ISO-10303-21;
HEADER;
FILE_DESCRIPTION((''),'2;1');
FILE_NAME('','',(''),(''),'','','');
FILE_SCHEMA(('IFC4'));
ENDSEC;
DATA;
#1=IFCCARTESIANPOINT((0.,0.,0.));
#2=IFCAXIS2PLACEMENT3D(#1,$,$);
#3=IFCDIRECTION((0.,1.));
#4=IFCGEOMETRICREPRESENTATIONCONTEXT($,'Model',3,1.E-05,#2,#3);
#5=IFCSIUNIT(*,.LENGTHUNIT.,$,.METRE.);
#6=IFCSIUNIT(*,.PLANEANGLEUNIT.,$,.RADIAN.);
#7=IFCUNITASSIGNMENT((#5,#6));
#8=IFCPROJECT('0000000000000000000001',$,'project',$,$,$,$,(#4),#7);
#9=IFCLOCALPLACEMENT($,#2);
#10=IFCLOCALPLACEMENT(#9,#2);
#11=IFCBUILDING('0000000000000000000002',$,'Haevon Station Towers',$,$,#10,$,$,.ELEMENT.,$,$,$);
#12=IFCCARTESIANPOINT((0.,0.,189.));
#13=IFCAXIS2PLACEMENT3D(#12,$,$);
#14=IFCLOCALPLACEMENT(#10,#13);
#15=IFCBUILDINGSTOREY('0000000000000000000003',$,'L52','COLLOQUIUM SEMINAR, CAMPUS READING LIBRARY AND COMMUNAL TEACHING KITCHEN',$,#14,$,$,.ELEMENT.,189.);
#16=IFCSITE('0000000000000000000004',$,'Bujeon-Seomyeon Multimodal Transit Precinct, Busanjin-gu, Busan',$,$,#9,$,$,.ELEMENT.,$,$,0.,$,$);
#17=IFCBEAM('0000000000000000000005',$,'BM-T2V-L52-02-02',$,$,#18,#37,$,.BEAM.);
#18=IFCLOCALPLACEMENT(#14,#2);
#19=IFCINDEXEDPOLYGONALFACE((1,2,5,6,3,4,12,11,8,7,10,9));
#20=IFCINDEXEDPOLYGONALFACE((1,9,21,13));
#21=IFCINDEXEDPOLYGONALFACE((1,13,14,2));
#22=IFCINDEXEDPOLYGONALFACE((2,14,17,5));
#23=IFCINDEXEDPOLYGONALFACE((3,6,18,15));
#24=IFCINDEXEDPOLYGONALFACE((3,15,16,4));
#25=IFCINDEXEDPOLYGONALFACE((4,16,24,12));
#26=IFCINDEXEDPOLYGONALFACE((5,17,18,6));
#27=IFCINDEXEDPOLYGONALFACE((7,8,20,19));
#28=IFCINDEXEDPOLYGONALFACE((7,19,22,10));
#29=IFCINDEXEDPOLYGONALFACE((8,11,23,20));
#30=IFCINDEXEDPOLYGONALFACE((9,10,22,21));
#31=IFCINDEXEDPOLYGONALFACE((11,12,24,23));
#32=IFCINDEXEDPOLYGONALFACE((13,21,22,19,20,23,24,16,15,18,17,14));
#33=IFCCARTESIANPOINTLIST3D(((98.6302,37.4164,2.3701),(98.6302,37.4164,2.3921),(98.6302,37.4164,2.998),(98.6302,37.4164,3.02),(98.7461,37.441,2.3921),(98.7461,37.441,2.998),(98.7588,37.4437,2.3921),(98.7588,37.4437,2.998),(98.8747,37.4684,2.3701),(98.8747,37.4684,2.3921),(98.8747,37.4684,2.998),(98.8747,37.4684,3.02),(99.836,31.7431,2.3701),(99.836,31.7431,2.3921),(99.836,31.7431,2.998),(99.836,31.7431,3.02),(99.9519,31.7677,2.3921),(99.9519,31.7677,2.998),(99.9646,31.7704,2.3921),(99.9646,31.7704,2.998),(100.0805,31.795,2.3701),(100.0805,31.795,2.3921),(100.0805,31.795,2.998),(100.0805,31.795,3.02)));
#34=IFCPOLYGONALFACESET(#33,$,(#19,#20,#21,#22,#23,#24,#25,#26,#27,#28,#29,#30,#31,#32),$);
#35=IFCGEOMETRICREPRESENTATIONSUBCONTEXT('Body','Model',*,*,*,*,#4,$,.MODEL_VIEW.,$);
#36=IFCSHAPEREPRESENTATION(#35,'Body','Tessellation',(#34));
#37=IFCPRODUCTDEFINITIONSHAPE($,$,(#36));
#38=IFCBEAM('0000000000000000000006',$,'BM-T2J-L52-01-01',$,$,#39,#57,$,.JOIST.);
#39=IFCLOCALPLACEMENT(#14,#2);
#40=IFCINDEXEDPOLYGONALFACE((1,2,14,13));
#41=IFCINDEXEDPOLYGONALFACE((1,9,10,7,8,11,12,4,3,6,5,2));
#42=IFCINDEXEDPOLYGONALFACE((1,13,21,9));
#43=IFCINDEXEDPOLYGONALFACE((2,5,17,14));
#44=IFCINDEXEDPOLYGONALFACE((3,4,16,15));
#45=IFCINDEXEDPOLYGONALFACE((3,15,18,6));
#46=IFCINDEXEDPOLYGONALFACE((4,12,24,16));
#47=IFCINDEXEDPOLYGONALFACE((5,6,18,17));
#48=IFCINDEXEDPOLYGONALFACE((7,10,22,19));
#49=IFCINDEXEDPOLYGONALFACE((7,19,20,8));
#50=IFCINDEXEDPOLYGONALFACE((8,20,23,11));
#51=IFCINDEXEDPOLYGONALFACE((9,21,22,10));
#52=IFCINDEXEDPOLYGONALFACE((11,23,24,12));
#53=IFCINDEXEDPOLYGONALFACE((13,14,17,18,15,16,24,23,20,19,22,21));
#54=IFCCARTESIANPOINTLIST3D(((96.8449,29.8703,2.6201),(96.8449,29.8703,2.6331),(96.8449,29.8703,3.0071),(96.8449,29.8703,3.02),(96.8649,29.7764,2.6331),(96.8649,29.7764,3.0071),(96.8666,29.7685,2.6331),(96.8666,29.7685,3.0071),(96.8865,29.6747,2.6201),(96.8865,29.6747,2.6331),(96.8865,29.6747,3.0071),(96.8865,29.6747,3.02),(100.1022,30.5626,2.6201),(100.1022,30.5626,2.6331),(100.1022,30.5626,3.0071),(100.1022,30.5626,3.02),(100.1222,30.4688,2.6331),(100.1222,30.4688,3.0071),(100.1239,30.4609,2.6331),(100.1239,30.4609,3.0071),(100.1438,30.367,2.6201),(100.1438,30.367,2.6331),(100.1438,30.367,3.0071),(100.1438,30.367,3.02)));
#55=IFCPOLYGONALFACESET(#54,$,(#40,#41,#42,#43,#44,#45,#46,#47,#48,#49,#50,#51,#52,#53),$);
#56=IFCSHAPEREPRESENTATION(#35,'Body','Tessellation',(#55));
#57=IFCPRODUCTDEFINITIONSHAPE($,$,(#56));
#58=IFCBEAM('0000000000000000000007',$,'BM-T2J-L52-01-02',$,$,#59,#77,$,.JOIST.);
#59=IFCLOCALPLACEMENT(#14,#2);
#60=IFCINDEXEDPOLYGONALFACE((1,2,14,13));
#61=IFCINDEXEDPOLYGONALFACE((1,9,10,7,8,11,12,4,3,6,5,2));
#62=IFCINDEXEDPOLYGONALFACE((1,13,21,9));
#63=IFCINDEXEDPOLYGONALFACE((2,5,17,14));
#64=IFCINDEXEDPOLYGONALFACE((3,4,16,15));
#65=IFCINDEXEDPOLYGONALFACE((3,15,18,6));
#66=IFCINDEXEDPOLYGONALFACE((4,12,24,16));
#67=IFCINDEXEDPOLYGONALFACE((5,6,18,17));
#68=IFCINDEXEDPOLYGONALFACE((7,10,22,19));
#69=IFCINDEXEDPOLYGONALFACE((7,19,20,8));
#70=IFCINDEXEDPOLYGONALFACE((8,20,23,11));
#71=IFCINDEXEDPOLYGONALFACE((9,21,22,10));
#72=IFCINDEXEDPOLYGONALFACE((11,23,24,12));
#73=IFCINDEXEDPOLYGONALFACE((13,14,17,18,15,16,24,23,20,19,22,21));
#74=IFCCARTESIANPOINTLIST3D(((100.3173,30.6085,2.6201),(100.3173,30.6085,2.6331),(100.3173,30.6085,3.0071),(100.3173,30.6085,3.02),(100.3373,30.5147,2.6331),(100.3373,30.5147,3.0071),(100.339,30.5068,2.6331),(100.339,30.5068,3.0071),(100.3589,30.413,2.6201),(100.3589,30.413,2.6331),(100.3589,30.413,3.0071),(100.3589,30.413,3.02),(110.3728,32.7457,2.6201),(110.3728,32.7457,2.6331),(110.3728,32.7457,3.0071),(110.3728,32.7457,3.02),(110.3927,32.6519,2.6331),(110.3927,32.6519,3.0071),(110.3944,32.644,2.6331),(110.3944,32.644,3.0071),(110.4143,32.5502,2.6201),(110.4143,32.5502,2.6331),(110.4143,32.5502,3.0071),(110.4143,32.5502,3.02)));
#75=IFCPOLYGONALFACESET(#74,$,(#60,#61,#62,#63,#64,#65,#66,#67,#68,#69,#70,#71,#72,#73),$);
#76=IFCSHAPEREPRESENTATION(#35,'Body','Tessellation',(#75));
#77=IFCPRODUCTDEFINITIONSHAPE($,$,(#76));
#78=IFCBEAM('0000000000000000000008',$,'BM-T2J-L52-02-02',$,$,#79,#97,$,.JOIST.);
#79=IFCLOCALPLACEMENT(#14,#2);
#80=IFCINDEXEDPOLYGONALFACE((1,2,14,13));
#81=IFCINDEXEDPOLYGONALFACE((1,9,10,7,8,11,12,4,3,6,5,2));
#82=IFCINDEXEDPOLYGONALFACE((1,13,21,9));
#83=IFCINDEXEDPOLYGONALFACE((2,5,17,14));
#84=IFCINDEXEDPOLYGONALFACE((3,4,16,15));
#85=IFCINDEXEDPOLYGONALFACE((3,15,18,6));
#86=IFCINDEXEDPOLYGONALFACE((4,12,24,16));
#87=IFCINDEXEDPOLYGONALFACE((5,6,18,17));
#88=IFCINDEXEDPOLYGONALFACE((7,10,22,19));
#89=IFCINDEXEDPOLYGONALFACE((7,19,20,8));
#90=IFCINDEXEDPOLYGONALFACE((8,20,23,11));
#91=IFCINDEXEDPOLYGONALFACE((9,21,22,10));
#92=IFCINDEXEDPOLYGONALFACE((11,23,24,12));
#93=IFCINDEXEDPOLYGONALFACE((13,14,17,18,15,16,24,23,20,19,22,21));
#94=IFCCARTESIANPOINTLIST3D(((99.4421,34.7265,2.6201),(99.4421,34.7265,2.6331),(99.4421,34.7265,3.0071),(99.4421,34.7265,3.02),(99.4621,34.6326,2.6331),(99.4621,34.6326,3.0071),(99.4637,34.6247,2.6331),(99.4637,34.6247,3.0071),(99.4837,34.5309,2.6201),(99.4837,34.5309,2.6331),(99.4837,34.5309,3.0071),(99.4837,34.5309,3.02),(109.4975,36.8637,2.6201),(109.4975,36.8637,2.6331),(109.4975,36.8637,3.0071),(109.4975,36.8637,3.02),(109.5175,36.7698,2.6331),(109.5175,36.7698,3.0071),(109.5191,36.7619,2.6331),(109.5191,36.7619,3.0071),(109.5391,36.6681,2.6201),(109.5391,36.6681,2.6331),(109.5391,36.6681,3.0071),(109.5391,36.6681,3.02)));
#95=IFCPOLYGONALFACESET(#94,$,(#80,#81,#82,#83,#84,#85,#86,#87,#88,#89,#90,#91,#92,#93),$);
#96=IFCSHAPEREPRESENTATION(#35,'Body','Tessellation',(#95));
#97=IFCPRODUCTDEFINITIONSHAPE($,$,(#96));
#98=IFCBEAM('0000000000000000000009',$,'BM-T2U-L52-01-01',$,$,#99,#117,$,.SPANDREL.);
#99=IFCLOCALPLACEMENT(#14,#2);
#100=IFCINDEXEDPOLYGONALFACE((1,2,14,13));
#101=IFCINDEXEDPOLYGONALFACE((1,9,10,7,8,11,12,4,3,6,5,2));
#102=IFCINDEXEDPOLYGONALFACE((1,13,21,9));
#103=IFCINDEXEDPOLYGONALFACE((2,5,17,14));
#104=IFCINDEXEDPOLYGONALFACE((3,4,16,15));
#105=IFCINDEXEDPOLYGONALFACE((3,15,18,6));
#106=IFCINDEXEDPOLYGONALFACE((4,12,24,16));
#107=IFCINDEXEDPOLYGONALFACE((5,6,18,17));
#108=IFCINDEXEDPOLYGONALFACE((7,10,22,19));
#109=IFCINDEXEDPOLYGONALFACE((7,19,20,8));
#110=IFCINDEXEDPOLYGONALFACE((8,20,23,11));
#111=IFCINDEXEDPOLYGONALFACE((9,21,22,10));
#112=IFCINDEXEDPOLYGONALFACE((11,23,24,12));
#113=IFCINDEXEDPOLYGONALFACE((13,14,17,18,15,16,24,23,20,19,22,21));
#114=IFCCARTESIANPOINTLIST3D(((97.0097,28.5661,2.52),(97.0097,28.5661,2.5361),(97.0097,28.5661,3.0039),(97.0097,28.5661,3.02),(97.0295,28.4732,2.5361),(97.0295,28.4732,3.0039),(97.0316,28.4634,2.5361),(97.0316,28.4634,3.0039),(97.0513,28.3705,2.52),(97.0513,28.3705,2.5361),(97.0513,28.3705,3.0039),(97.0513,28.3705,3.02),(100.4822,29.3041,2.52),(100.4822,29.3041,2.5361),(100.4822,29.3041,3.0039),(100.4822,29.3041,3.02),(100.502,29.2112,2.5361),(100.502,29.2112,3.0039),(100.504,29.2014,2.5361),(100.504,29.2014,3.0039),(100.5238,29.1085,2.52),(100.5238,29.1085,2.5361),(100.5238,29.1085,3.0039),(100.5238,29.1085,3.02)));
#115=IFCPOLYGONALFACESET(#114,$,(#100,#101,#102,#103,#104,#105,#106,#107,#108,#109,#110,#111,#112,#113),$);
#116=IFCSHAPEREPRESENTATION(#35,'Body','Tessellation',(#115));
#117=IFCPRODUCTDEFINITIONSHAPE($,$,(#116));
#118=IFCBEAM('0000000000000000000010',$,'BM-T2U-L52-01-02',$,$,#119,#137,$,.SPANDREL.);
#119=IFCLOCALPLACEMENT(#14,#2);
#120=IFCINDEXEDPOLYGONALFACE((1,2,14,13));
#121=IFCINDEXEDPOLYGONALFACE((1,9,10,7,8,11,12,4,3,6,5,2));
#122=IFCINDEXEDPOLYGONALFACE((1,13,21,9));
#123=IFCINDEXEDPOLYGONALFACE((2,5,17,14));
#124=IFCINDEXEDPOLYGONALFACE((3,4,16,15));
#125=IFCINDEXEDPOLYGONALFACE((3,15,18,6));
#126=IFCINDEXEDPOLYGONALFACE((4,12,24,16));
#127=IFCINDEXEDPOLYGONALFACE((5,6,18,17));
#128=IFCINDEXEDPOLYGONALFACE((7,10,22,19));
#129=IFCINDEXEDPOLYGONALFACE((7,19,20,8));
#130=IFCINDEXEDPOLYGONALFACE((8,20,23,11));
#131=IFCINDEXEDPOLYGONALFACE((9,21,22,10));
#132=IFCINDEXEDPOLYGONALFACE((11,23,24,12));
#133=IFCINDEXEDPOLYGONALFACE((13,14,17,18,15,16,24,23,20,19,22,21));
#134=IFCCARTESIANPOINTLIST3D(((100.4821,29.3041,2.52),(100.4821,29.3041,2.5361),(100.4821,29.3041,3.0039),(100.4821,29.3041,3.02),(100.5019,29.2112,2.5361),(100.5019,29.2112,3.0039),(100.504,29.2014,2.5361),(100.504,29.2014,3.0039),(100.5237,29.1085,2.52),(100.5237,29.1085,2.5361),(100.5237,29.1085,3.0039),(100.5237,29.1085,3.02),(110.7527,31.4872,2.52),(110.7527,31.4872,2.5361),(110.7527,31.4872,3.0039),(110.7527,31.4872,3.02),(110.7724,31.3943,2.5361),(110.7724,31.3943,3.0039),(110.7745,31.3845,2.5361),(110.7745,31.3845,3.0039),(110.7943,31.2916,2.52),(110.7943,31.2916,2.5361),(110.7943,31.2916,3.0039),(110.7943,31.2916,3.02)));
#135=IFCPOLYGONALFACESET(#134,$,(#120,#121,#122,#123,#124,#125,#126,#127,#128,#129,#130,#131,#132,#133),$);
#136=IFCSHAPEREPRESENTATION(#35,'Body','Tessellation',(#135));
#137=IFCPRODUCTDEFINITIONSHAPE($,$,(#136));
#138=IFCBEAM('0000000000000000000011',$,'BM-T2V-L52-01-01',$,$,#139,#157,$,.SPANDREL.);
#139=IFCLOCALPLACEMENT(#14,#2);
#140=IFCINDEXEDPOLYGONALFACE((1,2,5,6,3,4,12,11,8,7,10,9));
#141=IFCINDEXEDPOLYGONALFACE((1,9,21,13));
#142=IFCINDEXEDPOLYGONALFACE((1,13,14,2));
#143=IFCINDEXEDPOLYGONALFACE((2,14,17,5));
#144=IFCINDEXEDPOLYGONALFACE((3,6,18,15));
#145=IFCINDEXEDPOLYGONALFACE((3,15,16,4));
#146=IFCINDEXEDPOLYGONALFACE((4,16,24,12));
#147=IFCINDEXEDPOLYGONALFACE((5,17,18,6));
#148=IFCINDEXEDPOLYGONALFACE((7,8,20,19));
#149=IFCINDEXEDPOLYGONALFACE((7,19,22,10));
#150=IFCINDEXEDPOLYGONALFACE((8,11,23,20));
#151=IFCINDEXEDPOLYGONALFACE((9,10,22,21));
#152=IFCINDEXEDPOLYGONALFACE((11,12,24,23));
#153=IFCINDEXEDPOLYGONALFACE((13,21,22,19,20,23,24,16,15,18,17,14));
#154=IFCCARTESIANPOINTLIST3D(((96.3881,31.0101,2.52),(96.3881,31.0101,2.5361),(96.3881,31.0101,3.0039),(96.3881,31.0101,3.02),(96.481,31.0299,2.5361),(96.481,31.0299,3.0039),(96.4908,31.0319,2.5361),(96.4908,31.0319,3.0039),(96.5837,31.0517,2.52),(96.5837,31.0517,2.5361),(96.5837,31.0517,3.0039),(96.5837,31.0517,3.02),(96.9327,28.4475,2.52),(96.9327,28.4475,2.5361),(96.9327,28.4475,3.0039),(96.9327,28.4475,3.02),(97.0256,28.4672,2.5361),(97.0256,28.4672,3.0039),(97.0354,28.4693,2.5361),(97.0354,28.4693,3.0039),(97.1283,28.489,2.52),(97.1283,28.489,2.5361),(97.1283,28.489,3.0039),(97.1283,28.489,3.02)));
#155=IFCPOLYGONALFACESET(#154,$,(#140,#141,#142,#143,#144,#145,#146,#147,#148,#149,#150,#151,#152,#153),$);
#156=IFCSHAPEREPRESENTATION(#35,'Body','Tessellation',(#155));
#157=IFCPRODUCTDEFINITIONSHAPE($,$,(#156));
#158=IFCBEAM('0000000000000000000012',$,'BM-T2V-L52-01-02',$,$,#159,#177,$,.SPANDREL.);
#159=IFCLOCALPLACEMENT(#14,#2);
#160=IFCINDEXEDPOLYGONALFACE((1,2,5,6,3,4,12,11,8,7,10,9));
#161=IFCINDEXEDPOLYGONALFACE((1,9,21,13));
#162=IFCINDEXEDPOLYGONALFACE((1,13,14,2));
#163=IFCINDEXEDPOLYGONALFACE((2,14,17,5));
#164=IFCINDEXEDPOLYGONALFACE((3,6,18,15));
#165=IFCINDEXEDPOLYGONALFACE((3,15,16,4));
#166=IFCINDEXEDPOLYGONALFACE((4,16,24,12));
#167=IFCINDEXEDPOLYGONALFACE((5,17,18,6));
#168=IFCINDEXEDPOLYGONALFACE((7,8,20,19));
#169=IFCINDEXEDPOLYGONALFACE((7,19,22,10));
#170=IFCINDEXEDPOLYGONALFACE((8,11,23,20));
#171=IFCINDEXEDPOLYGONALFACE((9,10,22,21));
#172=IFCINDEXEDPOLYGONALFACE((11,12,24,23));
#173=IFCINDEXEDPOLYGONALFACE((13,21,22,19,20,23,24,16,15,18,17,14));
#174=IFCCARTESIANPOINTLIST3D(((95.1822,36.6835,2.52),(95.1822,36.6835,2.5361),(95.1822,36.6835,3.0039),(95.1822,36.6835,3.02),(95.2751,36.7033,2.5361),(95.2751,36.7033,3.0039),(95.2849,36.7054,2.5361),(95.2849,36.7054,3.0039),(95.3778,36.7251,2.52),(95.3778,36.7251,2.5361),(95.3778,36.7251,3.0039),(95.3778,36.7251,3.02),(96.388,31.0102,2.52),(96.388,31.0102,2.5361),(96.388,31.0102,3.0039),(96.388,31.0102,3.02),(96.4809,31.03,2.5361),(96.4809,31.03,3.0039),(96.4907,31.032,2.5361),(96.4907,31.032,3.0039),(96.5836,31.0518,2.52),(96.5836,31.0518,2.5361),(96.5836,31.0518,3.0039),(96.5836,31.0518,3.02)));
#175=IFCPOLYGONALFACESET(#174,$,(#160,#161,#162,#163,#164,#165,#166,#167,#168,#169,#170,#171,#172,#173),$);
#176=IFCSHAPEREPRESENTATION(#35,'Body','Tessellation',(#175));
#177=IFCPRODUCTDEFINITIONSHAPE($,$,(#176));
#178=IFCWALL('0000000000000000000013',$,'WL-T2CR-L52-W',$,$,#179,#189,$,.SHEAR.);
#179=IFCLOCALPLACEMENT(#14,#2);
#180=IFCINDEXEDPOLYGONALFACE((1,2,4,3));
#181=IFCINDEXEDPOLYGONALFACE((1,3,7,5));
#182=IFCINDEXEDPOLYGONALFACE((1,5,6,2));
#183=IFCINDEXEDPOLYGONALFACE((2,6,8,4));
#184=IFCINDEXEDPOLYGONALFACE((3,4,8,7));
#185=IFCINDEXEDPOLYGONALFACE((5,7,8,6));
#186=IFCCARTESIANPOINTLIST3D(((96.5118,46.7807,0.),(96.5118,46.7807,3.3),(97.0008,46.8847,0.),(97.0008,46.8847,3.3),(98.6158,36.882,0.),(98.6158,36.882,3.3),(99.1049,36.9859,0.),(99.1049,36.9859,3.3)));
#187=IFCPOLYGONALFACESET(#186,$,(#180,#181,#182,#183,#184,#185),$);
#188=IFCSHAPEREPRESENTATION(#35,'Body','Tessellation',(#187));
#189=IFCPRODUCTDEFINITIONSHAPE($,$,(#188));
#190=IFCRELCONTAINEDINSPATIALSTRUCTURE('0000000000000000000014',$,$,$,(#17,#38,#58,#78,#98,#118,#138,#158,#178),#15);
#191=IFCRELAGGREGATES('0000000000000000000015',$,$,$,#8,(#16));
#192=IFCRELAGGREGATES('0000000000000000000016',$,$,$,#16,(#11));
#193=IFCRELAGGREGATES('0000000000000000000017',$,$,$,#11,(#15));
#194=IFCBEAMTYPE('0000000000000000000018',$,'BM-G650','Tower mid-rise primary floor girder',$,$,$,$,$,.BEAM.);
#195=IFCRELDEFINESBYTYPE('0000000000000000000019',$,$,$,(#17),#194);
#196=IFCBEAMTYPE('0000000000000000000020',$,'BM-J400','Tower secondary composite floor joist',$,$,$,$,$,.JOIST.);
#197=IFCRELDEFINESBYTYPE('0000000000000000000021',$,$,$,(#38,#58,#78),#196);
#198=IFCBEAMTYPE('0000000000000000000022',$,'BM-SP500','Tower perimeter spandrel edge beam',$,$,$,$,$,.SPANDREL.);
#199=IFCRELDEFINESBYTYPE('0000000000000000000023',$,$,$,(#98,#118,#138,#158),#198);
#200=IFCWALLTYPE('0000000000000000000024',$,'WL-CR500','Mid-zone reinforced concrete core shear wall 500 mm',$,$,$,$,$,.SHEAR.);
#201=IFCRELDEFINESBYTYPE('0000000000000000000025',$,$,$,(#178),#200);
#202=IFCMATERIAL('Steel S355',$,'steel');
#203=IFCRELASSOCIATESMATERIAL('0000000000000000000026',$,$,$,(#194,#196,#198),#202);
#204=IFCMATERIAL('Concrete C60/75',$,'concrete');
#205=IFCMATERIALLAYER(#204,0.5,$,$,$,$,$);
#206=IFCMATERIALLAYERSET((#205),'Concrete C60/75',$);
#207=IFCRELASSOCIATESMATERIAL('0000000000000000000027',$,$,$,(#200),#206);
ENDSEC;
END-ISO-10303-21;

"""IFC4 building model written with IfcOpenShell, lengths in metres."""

from ifc_helpers import new_model, si_unit, direction, frame, frame_2d, origin, origin_2d, place, context, subcontext, project, spatial, rectangle, i_section, extrude, material, layer, layer_set, material_profile, profile_set, type_object, element, save


model = new_model("IFC4")

# Units and contexts
model_context = context("Model", 3, precision=1e-05, world=origin(), true_north=direction((0.0, 1.0)))
body_context = subcontext(model_context, "Body", "Model", "MODEL_VIEW")
ifc_project = project(units=[si_unit("LENGTHUNIT", "METRE"), si_unit("PLANEANGLEUNIT", "RADIAN")], contexts=[model_context])

# Site, building, storey
site_placement = place(None, origin())
site = spatial("IfcSite", under=ifc_project, at=site_placement, Name="Bujeon-Seomyeon Multimodal Transit Precinct, Busanjin-gu, Busan", CompositionType="ELEMENT", RefElevation=0.0)
building_placement = place(site_placement, origin())
building = spatial("IfcBuilding", under=site, at=building_placement, Name="Haevon Station Towers", CompositionType="ELEMENT")
storey_placement = place(building_placement, frame((0.0, 0.0, 189.0)))
storey = spatial("IfcBuildingStorey", under=building, at=storey_placement, Name="L52", Description="COLLOQUIUM SEMINAR, CAMPUS READING LIBRARY AND COMMUNAL TEACHING KITCHEN", CompositionType="ELEMENT", Elevation=189.0)

# Shared definitions
ifc_material_1 = material(Name="Steel S355", Category="steel")

# Beams
ifc_material_profile_1 = material_profile(ifc_material_1, i_section(OverallWidth=0.25, OverallDepth=0.6499, WebThickness=0.0129, FlangeThickness=0.022, at=origin_2d()), Name="H-650x250x13x22")
ifc_profile_set_1 = profile_set([ifc_material_profile_1], Name="Steel S355")
beam_type_1 = type_object("IfcBeamType", Name="BM-G650", Description="Tower mid-rise primary floor girder", PredefinedType="BEAM", material=ifc_profile_set_1)
beam_1_placement = place(storey_placement, frame((99.9583, 31.769, 2.6951), z_axis=(-0.207896, 0.978151, 0.0), x_axis=(-0.978151, -0.207896, 0.0)))
element("IfcBeam", 1, at=beam_1_placement, inside=storey, type_object=beam_type_1, Name="BM-T2V-L52-02-02", PredefinedType="BEAM", context=body_context, shape_type="SweptSolid", body=[
    extrude(i_section(OverallWidth=0.25, OverallDepth=0.6499, WebThickness=0.0129, FlangeThickness=0.022, at=origin_2d()), origin(), (0.0, 0.0, 1.0), 5.8),
])
ifc_material_profile_2 = material_profile(ifc_material_1, i_section(OverallWidth=0.2, OverallDepth=0.3999, WebThickness=0.0081, FlangeThickness=0.0129, at=origin_2d()), Name="H-400x200x8x13")
ifc_profile_set_2 = profile_set([ifc_material_profile_2], Name="Steel S355")
beam_type_2 = type_object("IfcBeamType", Name="BM-J400", Description="Tower secondary composite floor joist", PredefinedType="JOIST", material=ifc_profile_set_2)
beam_2_placement = place(storey_placement, frame((96.8657, 29.7725, 2.8201), z_axis=(0.978147, 0.207917, 0.0), x_axis=(-0.207917, 0.978147, 0.0)))
element("IfcBeam", 2, at=beam_2_placement, inside=storey, type_object=beam_type_2, Name="BM-T2J-L52-01-01", PredefinedType="JOIST", context=body_context, shape_type="SweptSolid", body=[
    extrude(i_section(OverallWidth=0.2, OverallDepth=0.3999, WebThickness=0.0081, FlangeThickness=0.0129, at=origin_2d()), origin(), (0.0, 0.0, 1.0), 3.3301),
])
for number, where, z_axis, x_axis, name in (
    (3, (100.3381, 30.5107, 2.8201), (0.97815, 0.207899, 0.0), (-0.207899, 0.97815, 0.0), "BM-T2J-L52-01-02"),
    (4, (99.4629, 34.6287, 2.8201), (0.97815, 0.207899, 0.0), (-0.207899, 0.97815, 0.0), "BM-T2J-L52-02-02"),
):
    element("IfcBeam", number, at=place(storey_placement, frame(where, z_axis=z_axis, x_axis=x_axis)), inside=storey, type_object=beam_type_2, Name=name, PredefinedType="JOIST", context=body_context, shape_type="SweptSolid", body=[
        extrude(i_section(OverallWidth=0.2, OverallDepth=0.3999, WebThickness=0.0081, FlangeThickness=0.0129, at=origin_2d()), origin(), (0.0, 0.0, 1.0), 10.28),
    ])
ifc_material_profile_3 = material_profile(ifc_material_1, i_section(OverallWidth=0.2, OverallDepth=0.5, WebThickness=0.01, FlangeThickness=0.0161, at=origin_2d()), Name="H-500x200x10x16")
ifc_profile_set_3 = profile_set([ifc_material_profile_3], Name="Steel S355")
beam_type_3 = type_object("IfcBeamType", Name="BM-SP500", Description="Tower perimeter spandrel edge beam", PredefinedType="SPANDREL", material=ifc_profile_set_3)
beam_3_placement = place(storey_placement, frame((97.0305, 28.4683, 2.77), z_axis=(0.97815, 0.207899, 0.0), x_axis=(-0.207899, 0.97815, 0.0)))
element("IfcBeam", 5, at=beam_3_placement, inside=storey, type_object=beam_type_3, Name="BM-T2U-L52-01-01", PredefinedType="SPANDREL", context=body_context, shape_type="SweptSolid", body=[
    extrude(i_section(OverallWidth=0.2, OverallDepth=0.5, WebThickness=0.01, FlangeThickness=0.0161, at=origin_2d()), origin(), (0.0, 0.0, 1.0), 3.55),
])
beam_4_placement = place(storey_placement, frame((100.5029, 29.2063, 2.77), z_axis=(0.978147, 0.207915, 0.0), x_axis=(-0.207915, 0.978147, 0.0)))
element("IfcBeam", 6, at=beam_4_placement, inside=storey, type_object=beam_type_3, Name="BM-T2U-L52-01-02", PredefinedType="SPANDREL", context=body_context, shape_type="SweptSolid", body=[
    extrude(i_section(OverallWidth=0.2, OverallDepth=0.5, WebThickness=0.01, FlangeThickness=0.0161, at=origin_2d()), origin(), (0.0, 0.0, 1.0), 10.5),
])
beam_5_placement = place(storey_placement, frame((97.0305, 28.4683, 2.77), z_axis=(-0.207893, 0.978152, 0.0), x_axis=(-0.978152, -0.207893, 0.0)))
element("IfcBeam", 7, at=beam_5_placement, inside=storey, type_object=beam_type_3, Name="BM-T2V-L52-01-01", PredefinedType="SPANDREL", context=body_context, shape_type="SweptSolid", body=[
    extrude(i_section(OverallWidth=0.2, OverallDepth=0.5, WebThickness=0.01, FlangeThickness=0.0161, at=origin_2d()), origin(), (0.0, 0.0, 1.0), 2.6199),
])
beam_6_placement = place(storey_placement, frame((96.4858, 31.031, 2.77), z_axis=(-0.207896, 0.978151, 0.0), x_axis=(-0.978151, -0.207896, 0.0)))
element("IfcBeam", 8, at=beam_6_placement, inside=storey, type_object=beam_type_3, Name="BM-T2V-L52-01-02", PredefinedType="SPANDREL", context=body_context, shape_type="SweptSolid", body=[
    extrude(i_section(OverallWidth=0.2, OverallDepth=0.5, WebThickness=0.01, FlangeThickness=0.0161, at=origin_2d()), origin(), (0.0, 0.0, 1.0), 5.8),
])

# Wall
ifc_material_2 = material(Name="Concrete C60/75", Category="concrete")
ifc_layer_1 = layer(ifc_material_2, 0.5)
ifc_layer_set_1 = layer_set([ifc_layer_1], Name="Concrete C60/75")
wall_type_1 = type_object("IfcWallType", Name="WL-CR500", Description="Mid-zone reinforced concrete core shear wall 500 mm", PredefinedType="SHEAR", material=ifc_layer_set_1)
wall_1_placement = place(storey_placement, frame((98.8604, 36.9338, 0.0), z_axis=(0.0, 0.0, 1.0), x_axis=(-0.207909, 0.978148, 0.0)))
element("IfcWall", 9, at=wall_1_placement, inside=storey, type_object=wall_type_1, Name="WL-T2CR-L52-W", PredefinedType="SHEAR", context=body_context, shape_type="SweptSolid", body=[
    extrude(rectangle(XDim=10.1199, YDim=0.5, at=frame_2d((5.0601, 0.0))), origin(), (0.0, 0.0, 1.0), 3.3),
])

save(model, "model.ifc")
